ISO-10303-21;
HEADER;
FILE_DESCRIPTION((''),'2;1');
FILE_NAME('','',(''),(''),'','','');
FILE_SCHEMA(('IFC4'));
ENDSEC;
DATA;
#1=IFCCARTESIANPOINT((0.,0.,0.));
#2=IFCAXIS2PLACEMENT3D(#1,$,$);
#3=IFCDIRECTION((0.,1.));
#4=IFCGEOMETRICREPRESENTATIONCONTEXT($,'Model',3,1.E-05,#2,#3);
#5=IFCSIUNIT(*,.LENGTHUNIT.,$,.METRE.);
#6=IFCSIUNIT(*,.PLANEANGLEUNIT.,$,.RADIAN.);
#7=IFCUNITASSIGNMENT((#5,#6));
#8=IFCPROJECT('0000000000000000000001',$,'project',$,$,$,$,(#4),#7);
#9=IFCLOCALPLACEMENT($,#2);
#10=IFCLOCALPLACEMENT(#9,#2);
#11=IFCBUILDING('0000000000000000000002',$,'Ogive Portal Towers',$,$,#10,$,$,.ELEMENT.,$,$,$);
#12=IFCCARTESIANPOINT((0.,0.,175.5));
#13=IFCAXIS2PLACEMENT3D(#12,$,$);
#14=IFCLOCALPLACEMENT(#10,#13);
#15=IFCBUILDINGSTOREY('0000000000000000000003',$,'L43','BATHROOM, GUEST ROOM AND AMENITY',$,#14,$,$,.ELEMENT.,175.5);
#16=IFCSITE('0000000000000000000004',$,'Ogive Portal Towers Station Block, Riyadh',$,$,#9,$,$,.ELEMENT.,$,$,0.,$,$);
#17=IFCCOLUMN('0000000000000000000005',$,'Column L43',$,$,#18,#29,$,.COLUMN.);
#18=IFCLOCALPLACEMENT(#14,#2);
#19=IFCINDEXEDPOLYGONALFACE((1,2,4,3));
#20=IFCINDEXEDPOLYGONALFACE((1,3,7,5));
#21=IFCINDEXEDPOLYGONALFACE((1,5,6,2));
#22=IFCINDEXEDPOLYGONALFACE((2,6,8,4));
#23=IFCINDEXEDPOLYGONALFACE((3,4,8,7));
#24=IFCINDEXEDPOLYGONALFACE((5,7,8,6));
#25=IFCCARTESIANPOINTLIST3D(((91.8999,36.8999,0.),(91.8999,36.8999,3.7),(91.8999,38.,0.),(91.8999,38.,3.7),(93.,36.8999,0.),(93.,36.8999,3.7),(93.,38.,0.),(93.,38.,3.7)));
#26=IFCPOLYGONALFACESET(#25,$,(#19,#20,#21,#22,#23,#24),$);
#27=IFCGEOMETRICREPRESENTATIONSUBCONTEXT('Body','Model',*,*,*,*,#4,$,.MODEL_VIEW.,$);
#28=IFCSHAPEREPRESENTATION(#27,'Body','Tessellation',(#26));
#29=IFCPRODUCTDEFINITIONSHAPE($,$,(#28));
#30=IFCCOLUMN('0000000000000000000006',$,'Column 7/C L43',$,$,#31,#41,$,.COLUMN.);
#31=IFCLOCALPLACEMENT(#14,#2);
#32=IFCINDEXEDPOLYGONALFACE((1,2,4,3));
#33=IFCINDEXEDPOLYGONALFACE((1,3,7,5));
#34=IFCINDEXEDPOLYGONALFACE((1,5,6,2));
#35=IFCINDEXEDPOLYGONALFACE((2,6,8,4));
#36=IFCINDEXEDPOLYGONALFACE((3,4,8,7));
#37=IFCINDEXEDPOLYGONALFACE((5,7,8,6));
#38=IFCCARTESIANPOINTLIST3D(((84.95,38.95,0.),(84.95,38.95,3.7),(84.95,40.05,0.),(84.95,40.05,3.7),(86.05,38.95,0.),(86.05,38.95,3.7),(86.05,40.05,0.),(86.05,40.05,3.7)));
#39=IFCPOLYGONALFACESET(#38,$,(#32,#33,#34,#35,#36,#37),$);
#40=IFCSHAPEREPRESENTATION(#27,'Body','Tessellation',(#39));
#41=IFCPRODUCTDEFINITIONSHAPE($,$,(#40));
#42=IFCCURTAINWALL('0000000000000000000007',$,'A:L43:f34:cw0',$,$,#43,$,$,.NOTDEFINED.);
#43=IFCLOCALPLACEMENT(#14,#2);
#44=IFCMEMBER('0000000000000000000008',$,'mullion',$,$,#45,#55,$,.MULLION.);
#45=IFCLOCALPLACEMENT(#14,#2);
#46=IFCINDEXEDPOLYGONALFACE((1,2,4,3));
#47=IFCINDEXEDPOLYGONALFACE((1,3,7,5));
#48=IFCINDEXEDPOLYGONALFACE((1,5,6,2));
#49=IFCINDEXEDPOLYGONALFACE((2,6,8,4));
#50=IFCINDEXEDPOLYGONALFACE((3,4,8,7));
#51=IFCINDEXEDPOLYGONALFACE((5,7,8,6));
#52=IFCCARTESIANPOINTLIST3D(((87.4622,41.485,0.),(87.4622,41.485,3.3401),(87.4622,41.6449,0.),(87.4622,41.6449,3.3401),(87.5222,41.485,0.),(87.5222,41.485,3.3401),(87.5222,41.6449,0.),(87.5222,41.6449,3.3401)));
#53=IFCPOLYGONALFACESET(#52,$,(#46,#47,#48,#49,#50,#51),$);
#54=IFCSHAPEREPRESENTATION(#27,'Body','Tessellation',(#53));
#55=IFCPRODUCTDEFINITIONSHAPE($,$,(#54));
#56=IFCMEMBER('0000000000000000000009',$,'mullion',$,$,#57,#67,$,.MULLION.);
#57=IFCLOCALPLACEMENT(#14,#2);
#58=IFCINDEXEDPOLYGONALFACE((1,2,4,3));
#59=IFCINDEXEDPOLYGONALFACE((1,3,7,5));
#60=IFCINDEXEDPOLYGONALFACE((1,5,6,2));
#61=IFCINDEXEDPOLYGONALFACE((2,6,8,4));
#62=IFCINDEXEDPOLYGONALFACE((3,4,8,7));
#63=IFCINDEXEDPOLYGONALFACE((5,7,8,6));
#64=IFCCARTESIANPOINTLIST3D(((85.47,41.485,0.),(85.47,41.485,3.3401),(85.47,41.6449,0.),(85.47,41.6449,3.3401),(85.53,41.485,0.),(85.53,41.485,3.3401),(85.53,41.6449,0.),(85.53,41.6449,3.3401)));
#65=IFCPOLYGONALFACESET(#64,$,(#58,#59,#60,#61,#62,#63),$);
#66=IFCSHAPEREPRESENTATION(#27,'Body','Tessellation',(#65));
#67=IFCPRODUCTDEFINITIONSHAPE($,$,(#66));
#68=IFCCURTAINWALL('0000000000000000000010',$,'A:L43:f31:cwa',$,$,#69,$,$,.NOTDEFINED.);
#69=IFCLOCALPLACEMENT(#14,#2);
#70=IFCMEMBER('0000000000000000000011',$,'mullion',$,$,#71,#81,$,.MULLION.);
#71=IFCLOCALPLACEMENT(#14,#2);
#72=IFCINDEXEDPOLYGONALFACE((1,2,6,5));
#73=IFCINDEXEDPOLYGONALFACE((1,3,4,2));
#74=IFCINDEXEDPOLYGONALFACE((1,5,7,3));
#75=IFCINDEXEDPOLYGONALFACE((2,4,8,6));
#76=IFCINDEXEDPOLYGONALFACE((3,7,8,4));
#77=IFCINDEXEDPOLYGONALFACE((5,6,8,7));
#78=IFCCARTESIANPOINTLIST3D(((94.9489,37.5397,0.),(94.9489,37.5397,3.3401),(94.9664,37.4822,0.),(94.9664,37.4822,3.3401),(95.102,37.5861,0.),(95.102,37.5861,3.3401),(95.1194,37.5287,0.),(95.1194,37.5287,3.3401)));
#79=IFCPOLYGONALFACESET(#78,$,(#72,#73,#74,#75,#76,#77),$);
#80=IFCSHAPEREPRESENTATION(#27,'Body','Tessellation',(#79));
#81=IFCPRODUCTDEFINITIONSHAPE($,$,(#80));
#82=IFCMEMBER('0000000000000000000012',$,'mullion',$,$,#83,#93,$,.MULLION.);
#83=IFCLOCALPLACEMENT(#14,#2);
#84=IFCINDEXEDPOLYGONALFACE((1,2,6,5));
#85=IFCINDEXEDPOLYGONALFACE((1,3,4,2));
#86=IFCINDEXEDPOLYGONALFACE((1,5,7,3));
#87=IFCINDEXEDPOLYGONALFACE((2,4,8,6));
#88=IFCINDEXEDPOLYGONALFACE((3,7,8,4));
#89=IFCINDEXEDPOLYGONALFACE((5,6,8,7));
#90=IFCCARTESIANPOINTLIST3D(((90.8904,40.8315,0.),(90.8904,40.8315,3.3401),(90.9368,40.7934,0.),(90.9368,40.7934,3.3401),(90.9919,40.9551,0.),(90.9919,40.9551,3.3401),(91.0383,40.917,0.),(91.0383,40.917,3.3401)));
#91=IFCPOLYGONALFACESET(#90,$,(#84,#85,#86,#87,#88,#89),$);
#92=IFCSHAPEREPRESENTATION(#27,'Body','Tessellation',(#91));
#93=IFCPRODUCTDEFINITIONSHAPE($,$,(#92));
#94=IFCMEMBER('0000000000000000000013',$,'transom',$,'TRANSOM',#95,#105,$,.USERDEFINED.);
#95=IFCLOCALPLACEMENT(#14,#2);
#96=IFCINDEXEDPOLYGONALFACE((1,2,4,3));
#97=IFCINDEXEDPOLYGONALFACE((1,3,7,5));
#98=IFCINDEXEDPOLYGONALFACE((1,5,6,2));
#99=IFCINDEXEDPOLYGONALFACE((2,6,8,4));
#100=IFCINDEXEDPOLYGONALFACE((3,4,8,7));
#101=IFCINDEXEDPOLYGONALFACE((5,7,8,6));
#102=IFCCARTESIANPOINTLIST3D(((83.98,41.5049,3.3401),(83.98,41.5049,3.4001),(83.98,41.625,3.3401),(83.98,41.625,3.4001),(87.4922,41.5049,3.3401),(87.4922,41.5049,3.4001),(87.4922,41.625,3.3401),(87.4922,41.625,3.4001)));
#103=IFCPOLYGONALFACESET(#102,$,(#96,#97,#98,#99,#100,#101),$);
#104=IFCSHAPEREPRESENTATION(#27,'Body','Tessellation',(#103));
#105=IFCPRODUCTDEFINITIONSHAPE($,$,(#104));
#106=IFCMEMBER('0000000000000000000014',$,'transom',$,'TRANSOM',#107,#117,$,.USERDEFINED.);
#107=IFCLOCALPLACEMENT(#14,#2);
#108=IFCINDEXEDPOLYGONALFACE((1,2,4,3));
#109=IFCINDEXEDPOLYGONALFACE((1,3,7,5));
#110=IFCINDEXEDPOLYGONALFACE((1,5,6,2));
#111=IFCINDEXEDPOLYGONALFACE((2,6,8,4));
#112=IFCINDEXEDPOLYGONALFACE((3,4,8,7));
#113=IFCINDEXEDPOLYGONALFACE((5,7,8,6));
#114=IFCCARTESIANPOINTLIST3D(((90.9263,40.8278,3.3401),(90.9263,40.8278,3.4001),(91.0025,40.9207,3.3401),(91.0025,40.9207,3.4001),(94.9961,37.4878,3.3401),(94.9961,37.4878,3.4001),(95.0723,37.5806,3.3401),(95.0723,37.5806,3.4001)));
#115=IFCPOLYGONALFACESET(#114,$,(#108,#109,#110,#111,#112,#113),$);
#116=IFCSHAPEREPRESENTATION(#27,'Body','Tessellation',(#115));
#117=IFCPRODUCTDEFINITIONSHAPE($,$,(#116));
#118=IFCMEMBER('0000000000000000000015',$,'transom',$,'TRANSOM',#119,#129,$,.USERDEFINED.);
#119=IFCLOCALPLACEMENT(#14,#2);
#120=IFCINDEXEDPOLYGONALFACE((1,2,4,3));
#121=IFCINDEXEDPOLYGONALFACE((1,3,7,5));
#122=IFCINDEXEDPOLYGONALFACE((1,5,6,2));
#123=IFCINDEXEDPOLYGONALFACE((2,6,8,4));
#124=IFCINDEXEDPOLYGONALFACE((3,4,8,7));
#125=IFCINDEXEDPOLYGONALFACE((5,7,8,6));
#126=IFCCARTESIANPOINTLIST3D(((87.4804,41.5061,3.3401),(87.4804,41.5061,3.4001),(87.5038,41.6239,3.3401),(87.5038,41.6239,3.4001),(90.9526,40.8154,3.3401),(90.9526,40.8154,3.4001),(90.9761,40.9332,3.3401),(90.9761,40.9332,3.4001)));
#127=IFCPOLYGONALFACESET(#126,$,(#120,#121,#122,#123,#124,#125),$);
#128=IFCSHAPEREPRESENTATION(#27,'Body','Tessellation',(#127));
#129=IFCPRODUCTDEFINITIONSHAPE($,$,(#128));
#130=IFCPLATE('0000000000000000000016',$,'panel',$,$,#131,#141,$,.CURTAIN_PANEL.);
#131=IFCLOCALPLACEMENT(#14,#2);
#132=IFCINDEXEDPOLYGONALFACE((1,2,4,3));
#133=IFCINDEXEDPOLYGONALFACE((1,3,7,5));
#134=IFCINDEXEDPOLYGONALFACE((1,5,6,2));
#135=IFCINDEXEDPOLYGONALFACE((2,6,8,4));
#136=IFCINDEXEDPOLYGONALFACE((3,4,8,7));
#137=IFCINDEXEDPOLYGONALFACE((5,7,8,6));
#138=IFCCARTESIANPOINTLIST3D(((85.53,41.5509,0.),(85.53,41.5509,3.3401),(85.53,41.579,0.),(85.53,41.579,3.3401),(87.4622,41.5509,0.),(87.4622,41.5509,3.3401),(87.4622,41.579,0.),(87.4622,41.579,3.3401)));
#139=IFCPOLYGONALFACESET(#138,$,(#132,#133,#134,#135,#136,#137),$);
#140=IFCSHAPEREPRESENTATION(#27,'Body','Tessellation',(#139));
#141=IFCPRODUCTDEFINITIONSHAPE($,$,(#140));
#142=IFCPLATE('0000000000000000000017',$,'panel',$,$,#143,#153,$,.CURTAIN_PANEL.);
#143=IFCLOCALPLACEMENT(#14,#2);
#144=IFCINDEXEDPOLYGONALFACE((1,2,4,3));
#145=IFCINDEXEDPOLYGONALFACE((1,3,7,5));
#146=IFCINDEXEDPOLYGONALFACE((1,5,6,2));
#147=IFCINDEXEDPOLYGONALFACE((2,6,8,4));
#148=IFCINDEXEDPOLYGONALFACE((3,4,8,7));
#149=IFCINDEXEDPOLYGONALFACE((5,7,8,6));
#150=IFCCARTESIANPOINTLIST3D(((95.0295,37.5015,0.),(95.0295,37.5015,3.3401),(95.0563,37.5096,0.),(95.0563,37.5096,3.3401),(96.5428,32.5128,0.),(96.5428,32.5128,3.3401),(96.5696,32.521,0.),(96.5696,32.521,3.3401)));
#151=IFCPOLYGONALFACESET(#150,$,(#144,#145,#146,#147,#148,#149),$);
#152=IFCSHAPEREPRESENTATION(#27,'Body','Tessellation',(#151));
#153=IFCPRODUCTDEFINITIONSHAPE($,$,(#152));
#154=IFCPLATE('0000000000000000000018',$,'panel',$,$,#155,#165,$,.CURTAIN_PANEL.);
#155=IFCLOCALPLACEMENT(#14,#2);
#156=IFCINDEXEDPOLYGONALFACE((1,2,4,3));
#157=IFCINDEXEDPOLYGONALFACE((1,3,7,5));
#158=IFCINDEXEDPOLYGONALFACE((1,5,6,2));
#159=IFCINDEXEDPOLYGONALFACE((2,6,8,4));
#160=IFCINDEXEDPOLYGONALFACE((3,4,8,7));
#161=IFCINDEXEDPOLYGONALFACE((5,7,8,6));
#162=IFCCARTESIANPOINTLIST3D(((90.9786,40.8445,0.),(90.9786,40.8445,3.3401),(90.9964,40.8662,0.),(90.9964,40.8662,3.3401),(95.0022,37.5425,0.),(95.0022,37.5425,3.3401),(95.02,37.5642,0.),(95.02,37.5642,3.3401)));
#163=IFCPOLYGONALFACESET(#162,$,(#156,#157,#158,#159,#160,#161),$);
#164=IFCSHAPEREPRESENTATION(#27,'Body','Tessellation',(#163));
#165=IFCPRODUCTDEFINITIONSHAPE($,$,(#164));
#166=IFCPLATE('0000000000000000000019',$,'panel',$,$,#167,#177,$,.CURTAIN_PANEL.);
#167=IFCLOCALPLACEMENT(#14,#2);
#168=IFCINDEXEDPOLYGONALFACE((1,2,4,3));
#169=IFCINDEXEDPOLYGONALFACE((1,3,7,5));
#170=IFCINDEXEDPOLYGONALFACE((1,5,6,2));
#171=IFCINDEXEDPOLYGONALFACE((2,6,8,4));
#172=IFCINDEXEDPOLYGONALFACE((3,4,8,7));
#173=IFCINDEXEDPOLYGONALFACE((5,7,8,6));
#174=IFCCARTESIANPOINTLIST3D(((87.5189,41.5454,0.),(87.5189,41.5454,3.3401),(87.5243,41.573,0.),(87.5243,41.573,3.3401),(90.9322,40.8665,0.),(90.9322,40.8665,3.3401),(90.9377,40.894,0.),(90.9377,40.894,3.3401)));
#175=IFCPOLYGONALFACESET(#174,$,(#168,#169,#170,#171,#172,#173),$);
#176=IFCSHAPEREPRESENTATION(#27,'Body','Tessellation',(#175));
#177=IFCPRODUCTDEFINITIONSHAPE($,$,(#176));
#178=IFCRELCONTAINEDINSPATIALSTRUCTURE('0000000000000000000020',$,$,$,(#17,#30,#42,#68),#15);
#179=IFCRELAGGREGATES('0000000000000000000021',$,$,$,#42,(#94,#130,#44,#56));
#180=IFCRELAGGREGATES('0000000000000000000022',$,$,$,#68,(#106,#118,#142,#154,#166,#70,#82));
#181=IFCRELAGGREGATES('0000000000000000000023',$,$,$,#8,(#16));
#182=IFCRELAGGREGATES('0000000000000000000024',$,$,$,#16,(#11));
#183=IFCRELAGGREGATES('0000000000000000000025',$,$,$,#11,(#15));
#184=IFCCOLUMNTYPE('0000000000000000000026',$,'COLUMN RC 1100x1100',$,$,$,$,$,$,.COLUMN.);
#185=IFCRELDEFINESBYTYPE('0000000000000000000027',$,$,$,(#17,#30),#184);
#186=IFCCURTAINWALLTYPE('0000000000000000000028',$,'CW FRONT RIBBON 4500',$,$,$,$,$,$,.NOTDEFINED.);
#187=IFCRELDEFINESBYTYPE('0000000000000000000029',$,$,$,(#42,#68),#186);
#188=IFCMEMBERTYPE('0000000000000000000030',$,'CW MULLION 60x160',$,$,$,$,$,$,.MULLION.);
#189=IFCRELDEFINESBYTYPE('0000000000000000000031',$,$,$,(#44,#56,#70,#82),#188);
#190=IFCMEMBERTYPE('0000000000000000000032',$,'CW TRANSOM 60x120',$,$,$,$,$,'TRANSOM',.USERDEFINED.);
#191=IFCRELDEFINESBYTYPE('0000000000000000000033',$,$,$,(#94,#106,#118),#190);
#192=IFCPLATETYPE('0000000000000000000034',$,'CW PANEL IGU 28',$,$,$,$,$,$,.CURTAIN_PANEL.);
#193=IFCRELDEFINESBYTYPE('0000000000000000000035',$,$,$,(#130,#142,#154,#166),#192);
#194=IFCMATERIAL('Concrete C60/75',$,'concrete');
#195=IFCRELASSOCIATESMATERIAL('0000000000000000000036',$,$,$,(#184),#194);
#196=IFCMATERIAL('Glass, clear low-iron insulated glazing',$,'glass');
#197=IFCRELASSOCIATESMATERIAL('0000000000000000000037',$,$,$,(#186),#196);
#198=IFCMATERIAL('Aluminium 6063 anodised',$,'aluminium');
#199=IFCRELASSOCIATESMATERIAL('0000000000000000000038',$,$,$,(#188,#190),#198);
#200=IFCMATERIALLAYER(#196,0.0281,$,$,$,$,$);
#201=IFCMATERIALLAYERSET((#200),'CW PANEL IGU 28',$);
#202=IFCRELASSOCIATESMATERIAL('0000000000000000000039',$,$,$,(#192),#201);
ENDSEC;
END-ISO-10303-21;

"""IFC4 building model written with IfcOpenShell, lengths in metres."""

from ifc_helpers import new_model, si_unit, direction, frame, origin, origin_2d, place, context, subcontext, project, spatial, rectangle, extrude, material, layer, layer_set, material_profile, profile_set, type_object, element, aggregate, save


model = new_model("IFC4")

# Units and contexts
model_context = context("Model", 3, precision=1e-05, world=origin(), true_north=direction((0.0, 1.0)))
body_context = subcontext(model_context, "Body", "Model", "MODEL_VIEW")
ifc_project = project(units=[si_unit("LENGTHUNIT", "METRE"), si_unit("PLANEANGLEUNIT", "RADIAN")], contexts=[model_context])

# Site, building, storey
site_placement = place(None, origin())
site = spatial("IfcSite", under=ifc_project, at=site_placement, Name="Ogive Portal Towers Station Block, Riyadh", CompositionType="ELEMENT", RefElevation=0.0)
building_placement = place(site_placement, origin())
building = spatial("IfcBuilding", under=site, at=building_placement, Name="Ogive Portal Towers", CompositionType="ELEMENT")
storey_placement = place(building_placement, frame((0.0, 0.0, 175.5)))
storey = spatial("IfcBuildingStorey", under=building, at=storey_placement, Name="L43", Description="BATHROOM, GUEST ROOM AND AMENITY", CompositionType="ELEMENT", Elevation=175.5)

# Columns
ifc_material_1 = material(Name="Concrete C60/75", Category="concrete")
ifc_material_profile_1 = material_profile(ifc_material_1, rectangle(XDim=1.1001, YDim=1.1001, at=origin_2d()), Name="RC 1100x1100")
ifc_profile_set_1 = profile_set([ifc_material_profile_1], Name="Concrete C60/75")
column_type = type_object("IfcColumnType", Name="COLUMN RC 1100x1100", PredefinedType="COLUMN", material=ifc_profile_set_1)
for number, where, z_axis, x_axis, name in (
    (1, (92.45, 37.45, 0.0), (0.0, 0.0, 1.0), (1.0, 0.0, 0.0), "Column L43"),
    (2, (85.5, 39.5, 0.0), (0.0, 0.0, 1.0), (1.0, 0.0, 0.0), "Column 7/C L43"),
):
    element("IfcColumn", number, at=place(storey_placement, frame(where, z_axis=z_axis, x_axis=x_axis)), inside=storey, type_object=column_type, Name=name, PredefinedType="COLUMN", context=body_context, shape_type="SweptSolid", body=[
        extrude(rectangle(XDim=1.1001, YDim=1.1001, at=origin_2d()), origin(), (0.0, 0.0, 1.0), 3.7),
    ])

# Curtain walls, members
ifc_material_2 = material(Name="Glass, clear low-iron insulated glazing", Category="glass")
curtain_wall_type = type_object("IfcCurtainWallType", Name="CW FRONT RIBBON 4500", PredefinedType="NOTDEFINED", material=ifc_material_2)
curtain_wall_1_placement = place(storey_placement, origin())
curtain_wall_1 = element("IfcCurtainWall", 3, at=curtain_wall_1_placement, inside=storey, type_object=curtain_wall_type, Name="A:L43:f34:cw0", PredefinedType="NOTDEFINED")
ifc_material_3 = material(Name="Aluminium 6063 anodised", Category="aluminium")
ifc_material_profile_2 = material_profile(ifc_material_3, rectangle(XDim=0.1599, YDim=0.0601, at=origin_2d()), Name="AL 60x160")
ifc_profile_set_2 = profile_set([ifc_material_profile_2], Name="Aluminium 6063 anodised")
member_type_1 = type_object("IfcMemberType", Name="CW MULLION 60x160", PredefinedType="MULLION", material=ifc_profile_set_2)
member_1_placement = place(storey_placement, frame((87.4922, 41.5649, 0.0), z_axis=(0.0, 0.0, 1.0), x_axis=(0.0, -1.0, 0.0)))
member_1 = element("IfcMember", 4, at=member_1_placement, type_object=member_type_1, Name="mullion", PredefinedType="MULLION", context=body_context, shape_type="SweptSolid", body=[
    extrude(rectangle(XDim=0.1599, YDim=0.0601, at=origin_2d()), origin(), (0.0, 0.0, 1.0), 3.3401),
])
member_2_placement = place(storey_placement, frame((85.5, 41.5649, 0.0), z_axis=(0.0, 0.0, 1.0), x_axis=(0.0, -1.0, 0.0)))
member_2 = element("IfcMember", 5, at=member_2_placement, type_object=member_type_1, Name="mullion", PredefinedType="MULLION", context=body_context, shape_type="SweptSolid", body=[
    extrude(rectangle(XDim=0.1599, YDim=0.0601, at=origin_2d()), origin(), (0.0, 0.0, 1.0), 3.3401),
])
curtain_wall_2_placement = place(storey_placement, origin())
curtain_wall_2 = element("IfcCurtainWall", 6, at=curtain_wall_2_placement, inside=storey, type_object=curtain_wall_type, Name="A:L43:f31:cwa", PredefinedType="NOTDEFINED")
member_3_placement = place(storey_placement, frame((95.0342, 37.5342, 0.0), z_axis=(0.0, 0.0, 1.0), x_axis=(-0.95694, -0.290285, 0.0)))
member_3 = element("IfcMember", 7, at=member_3_placement, type_object=member_type_1, Name="mullion", PredefinedType="MULLION", context=body_context, shape_type="SweptSolid", body=[
    extrude(rectangle(XDim=0.1599, YDim=0.0601, at=origin_2d()), origin(), (0.0, 0.0, 1.0), 3.3401),
])
member_4_placement = place(storey_placement, frame((90.9644, 40.8743, 0.0), z_axis=(0.0, 0.0, 1.0), x_axis=(-0.634393, -0.77301, 0.0)))
member_4 = element("IfcMember", 8, at=member_4_placement, type_object=member_type_1, Name="mullion", PredefinedType="MULLION", context=body_context, shape_type="SweptSolid", body=[
    extrude(rectangle(XDim=0.1599, YDim=0.0601, at=origin_2d()), origin(), (0.0, 0.0, 1.0), 3.3401),
])

# Members
ifc_material_profile_3 = material_profile(ifc_material_3, rectangle(XDim=0.1201, YDim=0.0601, at=origin_2d()), Name="AL 120x60")
ifc_profile_set_3 = profile_set([ifc_material_profile_3], Name="Aluminium 6063 anodised")
member_type_2 = type_object("IfcMemberType", Name="CW TRANSOM 60x120", ElementType="TRANSOM", PredefinedType="USERDEFINED", material=ifc_profile_set_3)
member_5_placement = place(storey_placement, frame((87.4922, 41.5649, 3.3701), z_axis=(-1.0, 0.0, 0.0), x_axis=(0.0, -1.0, 0.0)))
member_5 = element("IfcMember", 9, at=member_5_placement, type_object=member_type_2, Name="transom", ObjectType="TRANSOM", PredefinedType="USERDEFINED", context=body_context, shape_type="SweptSolid", body=[
    extrude(rectangle(XDim=0.1201, YDim=0.0601, at=origin_2d()), origin(), (0.0, 0.0, 1.0), 3.5122),
])
member_6_placement = place(storey_placement, frame((95.0342, 37.5342, 3.3701), z_axis=(-0.773004, 0.634401, 0.0), x_axis=(-0.634401, -0.773004, 0.0)))
member_6 = element("IfcMember", 10, at=member_6_placement, type_object=member_type_2, Name="transom", ObjectType="TRANSOM", PredefinedType="USERDEFINED", context=body_context, shape_type="SweptSolid", body=[
    extrude(rectangle(XDim=0.1201, YDim=0.0601, at=origin_2d()), origin(), (0.0, 0.0, 1.0), 5.2649),
])
member_7_placement = place(storey_placement, frame((90.9644, 40.8743, 3.3701), z_axis=(-0.980784, 0.195095, 0.0), x_axis=(-0.195095, -0.980784, 0.0)))
member_7 = element("IfcMember", 11, at=member_7_placement, type_object=member_type_2, Name="transom", ObjectType="TRANSOM", PredefinedType="USERDEFINED", context=body_context, shape_type="SweptSolid", body=[
    extrude(rectangle(XDim=0.1201, YDim=0.0601, at=origin_2d()), origin(), (0.0, 0.0, 1.0), 3.5403),
])

# Plates
ifc_layer_1 = layer(ifc_material_2, 0.0281)
ifc_layer_set_1 = layer_set([ifc_layer_1], Name="CW PANEL IGU 28")
plate_type = type_object("IfcPlateType", Name="CW PANEL IGU 28", PredefinedType="CURTAIN_PANEL", material=ifc_layer_set_1)
plate_1_placement = place(storey_placement, frame((86.4961, 41.5649, 0.0), z_axis=(0.0, 0.0, 1.0), x_axis=(-1.0, 0.0, 0.0)))
plate_1 = element("IfcPlate", 12, at=plate_1_placement, type_object=plate_type, Name="panel", PredefinedType="CURTAIN_PANEL", context=body_context, shape_type="SweptSolid", body=[
    extrude(rectangle(XDim=1.9321, YDim=0.0281, at=origin_2d()), origin(), (0.0, 0.0, 1.0), 3.3401),
])
aggregate(curtain_wall_1, [member_5, plate_1, member_1, member_2])
plate_2_placement = place(storey_placement, frame((95.7996, 35.0112, 0.0), z_axis=(0.0, 0.0, 1.0), x_axis=(-0.290285, 0.95694, 0.0)))
plate_2 = element("IfcPlate", 13, at=plate_2_placement, type_object=plate_type, Name="panel", PredefinedType="CURTAIN_PANEL", context=body_context, shape_type="SweptSolid", body=[
    extrude(rectangle(XDim=5.2131, YDim=0.0281, at=origin_2d()), origin(), (0.0, 0.0, 1.0), 3.3401),
])
plate_3_placement = place(storey_placement, frame((92.9993, 39.2043, 0.0), z_axis=(0.0, 0.0, 1.0), x_axis=(-0.77301, 0.634393, 0.0)))
plate_3 = element("IfcPlate", 14, at=plate_3_placement, type_object=plate_type, Name="panel", PredefinedType="CURTAIN_PANEL", context=body_context, shape_type="SweptSolid", body=[
    extrude(rectangle(XDim=5.2051, YDim=0.0281, at=origin_2d()), origin(), (0.0, 0.0, 1.0), 3.3401),
])
plate_4_placement = place(storey_placement, frame((89.2283, 41.2197, 0.0), z_axis=(0.0, 0.0, 1.0), x_axis=(-0.980785, 0.19509, 0.0)))
plate_4 = element("IfcPlate", 15, at=plate_4_placement, type_object=plate_type, Name="panel", PredefinedType="CURTAIN_PANEL", context=body_context, shape_type="SweptSolid", body=[
    extrude(rectangle(XDim=3.4802, YDim=0.0281, at=origin_2d()), origin(), (0.0, 0.0, 1.0), 3.3401),
])
aggregate(curtain_wall_2, [member_6, member_7, plate_2, plate_3, plate_4, member_3, member_4])

save(model, "model.ifc")
